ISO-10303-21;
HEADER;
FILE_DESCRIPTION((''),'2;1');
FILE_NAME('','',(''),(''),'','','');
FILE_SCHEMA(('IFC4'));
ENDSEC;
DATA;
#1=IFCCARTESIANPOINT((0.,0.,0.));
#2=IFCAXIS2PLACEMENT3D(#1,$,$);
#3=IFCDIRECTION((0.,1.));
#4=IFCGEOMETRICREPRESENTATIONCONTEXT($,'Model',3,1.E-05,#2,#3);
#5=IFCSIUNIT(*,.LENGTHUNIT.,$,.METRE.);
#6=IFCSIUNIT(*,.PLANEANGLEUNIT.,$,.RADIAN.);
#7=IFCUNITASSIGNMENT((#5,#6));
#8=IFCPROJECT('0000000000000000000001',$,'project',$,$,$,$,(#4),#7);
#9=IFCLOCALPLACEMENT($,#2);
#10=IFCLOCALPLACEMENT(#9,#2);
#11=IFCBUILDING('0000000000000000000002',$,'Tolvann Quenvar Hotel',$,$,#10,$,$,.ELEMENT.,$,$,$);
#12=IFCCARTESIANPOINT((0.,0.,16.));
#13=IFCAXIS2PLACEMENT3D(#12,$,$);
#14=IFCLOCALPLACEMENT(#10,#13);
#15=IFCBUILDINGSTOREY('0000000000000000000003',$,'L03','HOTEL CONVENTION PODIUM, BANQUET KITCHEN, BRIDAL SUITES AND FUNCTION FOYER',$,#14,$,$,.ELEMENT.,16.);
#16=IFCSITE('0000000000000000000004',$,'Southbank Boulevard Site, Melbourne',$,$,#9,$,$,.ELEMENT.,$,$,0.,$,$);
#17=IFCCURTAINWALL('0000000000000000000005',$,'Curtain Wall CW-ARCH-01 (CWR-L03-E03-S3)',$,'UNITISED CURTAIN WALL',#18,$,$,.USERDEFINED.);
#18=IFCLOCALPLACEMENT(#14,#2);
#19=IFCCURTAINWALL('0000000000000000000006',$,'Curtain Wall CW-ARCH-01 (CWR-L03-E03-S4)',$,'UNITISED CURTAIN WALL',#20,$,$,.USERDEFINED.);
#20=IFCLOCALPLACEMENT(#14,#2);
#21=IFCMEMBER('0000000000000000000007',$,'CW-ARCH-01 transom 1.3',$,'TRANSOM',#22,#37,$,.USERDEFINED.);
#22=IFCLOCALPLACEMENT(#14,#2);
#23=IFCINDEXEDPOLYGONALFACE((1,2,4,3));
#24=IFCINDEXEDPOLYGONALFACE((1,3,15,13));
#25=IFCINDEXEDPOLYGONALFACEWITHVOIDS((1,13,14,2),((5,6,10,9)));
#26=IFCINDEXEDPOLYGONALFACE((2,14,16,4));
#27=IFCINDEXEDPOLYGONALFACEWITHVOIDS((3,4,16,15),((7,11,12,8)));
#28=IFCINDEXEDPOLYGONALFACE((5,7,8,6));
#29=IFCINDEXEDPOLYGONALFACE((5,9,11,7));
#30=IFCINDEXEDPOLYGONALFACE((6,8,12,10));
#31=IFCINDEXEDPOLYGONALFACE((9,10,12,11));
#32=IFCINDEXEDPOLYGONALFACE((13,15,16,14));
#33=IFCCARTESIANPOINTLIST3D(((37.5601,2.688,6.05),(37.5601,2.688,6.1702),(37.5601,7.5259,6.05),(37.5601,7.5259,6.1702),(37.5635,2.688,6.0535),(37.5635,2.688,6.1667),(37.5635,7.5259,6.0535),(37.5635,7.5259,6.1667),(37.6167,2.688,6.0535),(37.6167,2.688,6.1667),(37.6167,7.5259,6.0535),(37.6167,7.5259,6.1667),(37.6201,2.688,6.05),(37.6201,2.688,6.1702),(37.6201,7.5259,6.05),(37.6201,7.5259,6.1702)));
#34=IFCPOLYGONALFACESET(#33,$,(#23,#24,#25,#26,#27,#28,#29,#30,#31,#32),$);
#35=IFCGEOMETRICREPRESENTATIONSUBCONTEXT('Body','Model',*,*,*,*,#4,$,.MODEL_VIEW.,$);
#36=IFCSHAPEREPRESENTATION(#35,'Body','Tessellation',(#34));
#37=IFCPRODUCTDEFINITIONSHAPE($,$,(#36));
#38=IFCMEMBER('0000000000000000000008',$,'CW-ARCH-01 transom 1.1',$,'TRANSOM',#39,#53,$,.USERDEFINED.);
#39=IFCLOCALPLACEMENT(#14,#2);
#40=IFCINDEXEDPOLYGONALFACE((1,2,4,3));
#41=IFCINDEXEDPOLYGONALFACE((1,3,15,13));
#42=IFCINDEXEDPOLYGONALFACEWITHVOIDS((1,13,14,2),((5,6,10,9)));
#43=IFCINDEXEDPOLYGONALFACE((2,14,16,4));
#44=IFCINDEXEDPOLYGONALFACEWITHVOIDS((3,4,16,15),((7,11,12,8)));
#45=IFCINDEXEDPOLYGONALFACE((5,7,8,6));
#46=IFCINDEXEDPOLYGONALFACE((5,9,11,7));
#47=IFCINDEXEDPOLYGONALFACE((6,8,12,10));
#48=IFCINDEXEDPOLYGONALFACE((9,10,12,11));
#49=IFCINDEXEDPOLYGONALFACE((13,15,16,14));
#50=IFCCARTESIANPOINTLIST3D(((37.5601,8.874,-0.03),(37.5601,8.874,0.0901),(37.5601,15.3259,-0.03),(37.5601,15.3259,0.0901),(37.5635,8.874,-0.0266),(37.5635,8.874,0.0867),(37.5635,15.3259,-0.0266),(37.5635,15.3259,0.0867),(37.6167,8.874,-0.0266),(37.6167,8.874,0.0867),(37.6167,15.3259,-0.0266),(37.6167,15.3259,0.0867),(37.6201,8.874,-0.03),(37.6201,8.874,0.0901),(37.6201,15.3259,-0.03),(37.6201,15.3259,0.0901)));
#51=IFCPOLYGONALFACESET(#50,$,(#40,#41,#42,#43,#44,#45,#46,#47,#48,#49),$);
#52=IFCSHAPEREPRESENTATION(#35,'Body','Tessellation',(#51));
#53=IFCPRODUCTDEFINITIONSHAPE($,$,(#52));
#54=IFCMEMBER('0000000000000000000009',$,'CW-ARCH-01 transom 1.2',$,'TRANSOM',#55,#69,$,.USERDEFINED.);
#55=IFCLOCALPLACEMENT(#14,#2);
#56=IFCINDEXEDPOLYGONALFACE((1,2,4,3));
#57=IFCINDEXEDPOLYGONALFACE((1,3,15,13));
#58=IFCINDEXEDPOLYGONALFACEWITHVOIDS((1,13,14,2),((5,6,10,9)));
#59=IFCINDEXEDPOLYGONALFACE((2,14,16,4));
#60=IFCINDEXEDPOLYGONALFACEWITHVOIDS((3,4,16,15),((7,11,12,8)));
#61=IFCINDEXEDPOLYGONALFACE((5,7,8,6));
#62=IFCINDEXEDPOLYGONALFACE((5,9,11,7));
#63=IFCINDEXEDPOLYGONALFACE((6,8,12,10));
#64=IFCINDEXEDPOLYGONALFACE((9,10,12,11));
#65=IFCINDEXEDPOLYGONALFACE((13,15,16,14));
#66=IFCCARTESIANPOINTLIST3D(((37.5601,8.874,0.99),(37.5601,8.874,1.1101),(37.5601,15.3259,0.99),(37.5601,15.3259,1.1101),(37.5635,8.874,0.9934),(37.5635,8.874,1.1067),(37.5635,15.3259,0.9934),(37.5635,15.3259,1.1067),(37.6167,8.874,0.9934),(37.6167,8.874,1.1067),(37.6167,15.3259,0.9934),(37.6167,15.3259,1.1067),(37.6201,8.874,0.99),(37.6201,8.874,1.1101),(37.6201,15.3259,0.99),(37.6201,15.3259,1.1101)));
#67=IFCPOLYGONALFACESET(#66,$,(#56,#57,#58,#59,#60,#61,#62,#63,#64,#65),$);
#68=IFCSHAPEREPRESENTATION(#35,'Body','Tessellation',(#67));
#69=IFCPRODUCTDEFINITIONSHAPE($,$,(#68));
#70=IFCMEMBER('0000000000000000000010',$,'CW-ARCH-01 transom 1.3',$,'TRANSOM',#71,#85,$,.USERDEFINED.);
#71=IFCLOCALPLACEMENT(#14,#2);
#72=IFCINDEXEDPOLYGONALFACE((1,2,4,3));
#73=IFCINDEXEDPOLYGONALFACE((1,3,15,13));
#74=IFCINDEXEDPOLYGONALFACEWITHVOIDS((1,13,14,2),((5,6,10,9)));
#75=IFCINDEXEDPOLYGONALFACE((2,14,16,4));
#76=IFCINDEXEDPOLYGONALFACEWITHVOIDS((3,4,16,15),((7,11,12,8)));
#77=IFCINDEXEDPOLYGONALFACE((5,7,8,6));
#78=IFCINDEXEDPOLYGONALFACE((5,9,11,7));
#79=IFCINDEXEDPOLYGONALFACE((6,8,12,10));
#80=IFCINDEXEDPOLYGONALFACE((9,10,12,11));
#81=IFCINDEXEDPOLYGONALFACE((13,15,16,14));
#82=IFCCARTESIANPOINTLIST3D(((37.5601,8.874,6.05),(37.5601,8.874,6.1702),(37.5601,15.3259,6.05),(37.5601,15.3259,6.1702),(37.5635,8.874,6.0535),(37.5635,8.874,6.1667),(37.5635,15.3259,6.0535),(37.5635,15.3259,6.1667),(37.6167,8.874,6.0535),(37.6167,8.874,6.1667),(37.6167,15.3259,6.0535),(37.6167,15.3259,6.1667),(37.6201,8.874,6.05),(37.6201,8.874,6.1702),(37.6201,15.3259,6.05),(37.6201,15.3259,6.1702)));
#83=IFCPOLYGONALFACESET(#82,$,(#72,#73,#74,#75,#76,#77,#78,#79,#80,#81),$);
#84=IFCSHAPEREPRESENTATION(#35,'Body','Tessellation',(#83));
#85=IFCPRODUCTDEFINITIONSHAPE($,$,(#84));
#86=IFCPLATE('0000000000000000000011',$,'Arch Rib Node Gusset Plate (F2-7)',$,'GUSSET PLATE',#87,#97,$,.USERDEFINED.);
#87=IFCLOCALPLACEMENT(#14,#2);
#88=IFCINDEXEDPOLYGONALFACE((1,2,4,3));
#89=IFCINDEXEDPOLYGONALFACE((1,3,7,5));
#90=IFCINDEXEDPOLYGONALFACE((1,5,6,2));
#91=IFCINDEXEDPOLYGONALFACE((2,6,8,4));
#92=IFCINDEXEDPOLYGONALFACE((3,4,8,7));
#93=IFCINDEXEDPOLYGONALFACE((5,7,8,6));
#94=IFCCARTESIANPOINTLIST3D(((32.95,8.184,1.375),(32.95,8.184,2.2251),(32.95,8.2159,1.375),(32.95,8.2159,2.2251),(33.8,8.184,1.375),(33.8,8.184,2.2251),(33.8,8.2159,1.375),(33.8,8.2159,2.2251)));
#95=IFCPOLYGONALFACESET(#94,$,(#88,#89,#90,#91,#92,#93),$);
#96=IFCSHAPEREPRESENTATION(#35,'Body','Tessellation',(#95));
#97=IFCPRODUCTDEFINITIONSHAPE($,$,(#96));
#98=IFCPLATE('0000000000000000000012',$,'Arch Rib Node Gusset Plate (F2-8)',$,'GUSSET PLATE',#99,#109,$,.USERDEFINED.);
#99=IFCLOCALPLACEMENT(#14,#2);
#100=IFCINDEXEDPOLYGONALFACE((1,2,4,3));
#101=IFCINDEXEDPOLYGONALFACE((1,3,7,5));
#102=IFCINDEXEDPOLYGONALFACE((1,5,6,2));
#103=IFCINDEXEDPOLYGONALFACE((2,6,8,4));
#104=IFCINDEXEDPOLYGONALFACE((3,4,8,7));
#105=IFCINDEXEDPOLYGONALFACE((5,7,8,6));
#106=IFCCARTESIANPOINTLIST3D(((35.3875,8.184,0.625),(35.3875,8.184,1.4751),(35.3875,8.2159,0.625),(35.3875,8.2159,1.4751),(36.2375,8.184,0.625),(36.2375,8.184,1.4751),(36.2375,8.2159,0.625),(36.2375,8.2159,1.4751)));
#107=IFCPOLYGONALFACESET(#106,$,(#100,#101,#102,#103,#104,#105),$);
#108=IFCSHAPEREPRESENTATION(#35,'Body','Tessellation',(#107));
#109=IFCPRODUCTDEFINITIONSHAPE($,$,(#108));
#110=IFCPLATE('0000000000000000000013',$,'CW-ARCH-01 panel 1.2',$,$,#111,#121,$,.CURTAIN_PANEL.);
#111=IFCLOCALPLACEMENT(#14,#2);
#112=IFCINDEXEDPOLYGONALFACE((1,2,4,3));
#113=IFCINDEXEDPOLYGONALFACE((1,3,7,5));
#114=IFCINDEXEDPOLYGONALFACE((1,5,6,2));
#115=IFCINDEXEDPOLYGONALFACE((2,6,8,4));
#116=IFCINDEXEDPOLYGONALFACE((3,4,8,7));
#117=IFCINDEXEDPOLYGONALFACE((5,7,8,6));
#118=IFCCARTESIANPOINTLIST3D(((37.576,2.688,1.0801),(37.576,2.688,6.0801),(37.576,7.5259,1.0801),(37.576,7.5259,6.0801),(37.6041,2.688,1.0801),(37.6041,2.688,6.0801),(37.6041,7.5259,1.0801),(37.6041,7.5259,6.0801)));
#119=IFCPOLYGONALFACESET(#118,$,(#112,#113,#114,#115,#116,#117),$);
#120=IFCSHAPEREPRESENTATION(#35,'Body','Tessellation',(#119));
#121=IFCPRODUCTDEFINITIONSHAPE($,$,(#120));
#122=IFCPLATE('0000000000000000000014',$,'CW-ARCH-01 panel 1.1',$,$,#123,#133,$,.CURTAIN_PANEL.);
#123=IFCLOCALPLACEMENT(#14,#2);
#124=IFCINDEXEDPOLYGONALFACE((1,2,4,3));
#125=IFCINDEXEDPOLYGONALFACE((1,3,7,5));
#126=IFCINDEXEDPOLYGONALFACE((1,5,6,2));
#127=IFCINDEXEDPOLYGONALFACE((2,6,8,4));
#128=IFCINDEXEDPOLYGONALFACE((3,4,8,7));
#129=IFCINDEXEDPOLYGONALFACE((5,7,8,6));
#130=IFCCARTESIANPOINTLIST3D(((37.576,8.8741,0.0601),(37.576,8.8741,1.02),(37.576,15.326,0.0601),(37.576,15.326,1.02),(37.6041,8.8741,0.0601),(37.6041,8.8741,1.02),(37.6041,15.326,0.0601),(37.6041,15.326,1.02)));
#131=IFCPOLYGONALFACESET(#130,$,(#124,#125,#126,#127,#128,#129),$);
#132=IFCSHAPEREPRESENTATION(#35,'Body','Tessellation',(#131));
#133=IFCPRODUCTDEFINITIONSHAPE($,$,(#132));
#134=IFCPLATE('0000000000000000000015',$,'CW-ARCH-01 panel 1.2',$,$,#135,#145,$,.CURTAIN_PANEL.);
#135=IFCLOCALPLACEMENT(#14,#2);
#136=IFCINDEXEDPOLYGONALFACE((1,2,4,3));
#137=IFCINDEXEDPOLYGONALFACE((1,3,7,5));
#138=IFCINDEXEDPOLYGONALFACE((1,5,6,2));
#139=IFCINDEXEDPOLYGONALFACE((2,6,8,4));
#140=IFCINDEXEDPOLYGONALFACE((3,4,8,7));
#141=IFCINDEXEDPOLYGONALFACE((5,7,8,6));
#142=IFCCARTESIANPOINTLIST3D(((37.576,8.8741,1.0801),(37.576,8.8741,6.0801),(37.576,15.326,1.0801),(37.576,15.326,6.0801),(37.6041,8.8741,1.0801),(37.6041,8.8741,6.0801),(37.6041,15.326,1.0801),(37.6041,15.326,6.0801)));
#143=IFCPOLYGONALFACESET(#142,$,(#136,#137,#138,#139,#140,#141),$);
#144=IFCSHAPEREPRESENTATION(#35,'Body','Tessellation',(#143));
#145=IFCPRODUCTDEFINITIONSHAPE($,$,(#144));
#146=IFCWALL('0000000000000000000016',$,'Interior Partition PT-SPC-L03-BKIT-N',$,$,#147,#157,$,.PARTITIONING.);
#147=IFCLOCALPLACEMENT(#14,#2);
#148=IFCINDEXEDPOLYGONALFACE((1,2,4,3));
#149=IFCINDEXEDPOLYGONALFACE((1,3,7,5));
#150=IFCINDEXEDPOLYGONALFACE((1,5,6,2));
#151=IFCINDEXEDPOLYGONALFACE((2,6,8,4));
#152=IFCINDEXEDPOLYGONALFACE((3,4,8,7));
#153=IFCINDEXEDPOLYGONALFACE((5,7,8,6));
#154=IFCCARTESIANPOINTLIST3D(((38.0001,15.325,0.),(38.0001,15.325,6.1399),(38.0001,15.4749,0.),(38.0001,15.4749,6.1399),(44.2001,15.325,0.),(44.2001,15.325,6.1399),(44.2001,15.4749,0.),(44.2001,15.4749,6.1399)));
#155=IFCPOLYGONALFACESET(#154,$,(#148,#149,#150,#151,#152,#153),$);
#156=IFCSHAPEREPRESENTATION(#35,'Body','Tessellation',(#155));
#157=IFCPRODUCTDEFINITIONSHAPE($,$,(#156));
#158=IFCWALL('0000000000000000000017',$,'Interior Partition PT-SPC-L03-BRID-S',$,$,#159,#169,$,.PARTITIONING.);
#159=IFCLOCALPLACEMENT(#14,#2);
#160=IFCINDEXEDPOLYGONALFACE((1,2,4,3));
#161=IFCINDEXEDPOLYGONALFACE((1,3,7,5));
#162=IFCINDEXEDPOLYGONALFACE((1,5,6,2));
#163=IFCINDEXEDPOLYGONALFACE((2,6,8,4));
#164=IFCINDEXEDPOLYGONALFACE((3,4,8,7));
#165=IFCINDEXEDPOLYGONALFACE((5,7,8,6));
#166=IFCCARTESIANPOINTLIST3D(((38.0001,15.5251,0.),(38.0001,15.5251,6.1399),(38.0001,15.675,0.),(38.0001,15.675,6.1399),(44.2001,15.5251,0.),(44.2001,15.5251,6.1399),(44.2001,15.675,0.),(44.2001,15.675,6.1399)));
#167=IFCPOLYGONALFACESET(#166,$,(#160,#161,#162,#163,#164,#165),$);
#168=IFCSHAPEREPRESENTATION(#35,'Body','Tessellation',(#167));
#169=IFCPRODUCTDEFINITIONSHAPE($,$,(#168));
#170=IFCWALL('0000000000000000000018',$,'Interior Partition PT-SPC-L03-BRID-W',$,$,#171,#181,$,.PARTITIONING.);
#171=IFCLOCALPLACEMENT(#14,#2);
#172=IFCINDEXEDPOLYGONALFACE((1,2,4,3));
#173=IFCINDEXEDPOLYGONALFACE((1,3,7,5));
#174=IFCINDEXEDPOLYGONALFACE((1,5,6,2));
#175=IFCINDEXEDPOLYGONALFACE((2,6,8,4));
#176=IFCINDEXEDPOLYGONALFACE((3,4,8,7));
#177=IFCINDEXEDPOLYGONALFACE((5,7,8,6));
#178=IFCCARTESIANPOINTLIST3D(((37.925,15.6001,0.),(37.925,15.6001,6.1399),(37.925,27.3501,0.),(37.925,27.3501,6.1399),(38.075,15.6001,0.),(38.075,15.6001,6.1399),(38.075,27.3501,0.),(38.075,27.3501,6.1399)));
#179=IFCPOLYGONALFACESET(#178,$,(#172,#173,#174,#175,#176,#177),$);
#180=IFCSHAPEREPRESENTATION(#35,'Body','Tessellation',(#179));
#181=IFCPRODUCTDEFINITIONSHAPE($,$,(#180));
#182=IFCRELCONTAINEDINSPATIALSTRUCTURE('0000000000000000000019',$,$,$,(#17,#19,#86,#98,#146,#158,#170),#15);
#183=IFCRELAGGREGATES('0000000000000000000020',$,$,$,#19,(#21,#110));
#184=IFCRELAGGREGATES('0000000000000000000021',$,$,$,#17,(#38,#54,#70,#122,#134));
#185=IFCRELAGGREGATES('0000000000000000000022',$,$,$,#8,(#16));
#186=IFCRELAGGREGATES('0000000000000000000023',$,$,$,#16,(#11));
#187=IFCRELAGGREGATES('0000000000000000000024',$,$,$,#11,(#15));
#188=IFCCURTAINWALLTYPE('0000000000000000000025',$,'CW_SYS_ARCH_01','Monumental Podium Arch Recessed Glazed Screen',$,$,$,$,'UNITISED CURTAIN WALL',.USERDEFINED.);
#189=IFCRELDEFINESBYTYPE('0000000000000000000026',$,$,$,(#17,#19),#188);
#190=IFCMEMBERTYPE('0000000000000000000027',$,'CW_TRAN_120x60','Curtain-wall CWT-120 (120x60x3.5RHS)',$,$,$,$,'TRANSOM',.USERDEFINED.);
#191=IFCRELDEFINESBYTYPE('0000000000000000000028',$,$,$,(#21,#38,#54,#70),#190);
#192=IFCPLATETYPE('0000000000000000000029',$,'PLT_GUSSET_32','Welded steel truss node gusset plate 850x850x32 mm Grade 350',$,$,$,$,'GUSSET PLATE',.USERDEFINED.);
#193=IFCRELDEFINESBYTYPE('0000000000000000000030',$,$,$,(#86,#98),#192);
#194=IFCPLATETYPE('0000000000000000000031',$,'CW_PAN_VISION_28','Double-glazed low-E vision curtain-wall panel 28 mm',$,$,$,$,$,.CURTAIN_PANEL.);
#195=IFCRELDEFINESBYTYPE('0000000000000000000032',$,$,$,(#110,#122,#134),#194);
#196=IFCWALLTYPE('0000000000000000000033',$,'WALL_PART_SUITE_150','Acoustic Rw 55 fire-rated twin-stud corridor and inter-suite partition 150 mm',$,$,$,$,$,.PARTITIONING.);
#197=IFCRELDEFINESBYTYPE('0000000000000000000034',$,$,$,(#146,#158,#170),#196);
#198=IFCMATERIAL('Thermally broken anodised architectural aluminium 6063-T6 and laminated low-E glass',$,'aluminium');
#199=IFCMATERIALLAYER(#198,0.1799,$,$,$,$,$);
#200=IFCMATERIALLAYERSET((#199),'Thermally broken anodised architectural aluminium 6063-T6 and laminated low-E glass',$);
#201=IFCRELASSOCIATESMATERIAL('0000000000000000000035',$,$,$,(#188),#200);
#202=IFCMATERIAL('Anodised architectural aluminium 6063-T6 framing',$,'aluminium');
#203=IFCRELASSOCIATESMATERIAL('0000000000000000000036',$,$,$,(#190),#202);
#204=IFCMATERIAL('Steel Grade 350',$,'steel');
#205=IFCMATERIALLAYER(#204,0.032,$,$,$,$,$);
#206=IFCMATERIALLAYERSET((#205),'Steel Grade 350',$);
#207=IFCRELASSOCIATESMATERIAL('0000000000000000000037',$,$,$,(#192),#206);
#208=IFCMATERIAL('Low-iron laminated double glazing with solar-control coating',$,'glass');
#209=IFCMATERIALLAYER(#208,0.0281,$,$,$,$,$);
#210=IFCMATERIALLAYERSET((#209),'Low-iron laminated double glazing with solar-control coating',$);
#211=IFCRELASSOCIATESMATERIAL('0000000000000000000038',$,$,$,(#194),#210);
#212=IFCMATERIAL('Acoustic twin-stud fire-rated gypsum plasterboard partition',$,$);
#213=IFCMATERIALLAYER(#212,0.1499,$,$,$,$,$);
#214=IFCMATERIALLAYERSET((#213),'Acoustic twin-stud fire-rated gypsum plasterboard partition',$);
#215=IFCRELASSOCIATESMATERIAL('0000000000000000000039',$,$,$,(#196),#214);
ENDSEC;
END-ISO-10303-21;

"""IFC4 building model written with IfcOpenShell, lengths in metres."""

from ifc_helpers import new_model, si_unit, direction, frame, frame_2d, origin, origin_2d, place, context, subcontext, project, spatial, rectangle, hollow_rectangle, extrude, source, transform, mapped, material, layer, layer_set, material_profile, profile_set, type_object, type_shapes, element, aggregate, save


model = new_model("IFC4")

# Units and contexts
model_context = context("Model", 3, precision=1e-05, world=origin(), true_north=direction((0.0, 1.0)))
body_context = subcontext(model_context, "Body", "Model", "MODEL_VIEW")
ifc_project = project(units=[si_unit("LENGTHUNIT", "METRE"), si_unit("PLANEANGLEUNIT", "RADIAN")], contexts=[model_context])

# Site, building, storey
site_placement = place(None, origin())
site = spatial("IfcSite", under=ifc_project, at=site_placement, Name="Southbank Boulevard Site, Melbourne", CompositionType="ELEMENT", RefElevation=0.0)
building_placement = place(site_placement, origin())
building = spatial("IfcBuilding", under=site, at=building_placement, Name="Tolvann Quenvar Hotel", CompositionType="ELEMENT")
storey_placement = place(building_placement, frame((0.0, 0.0, 16.0)))
storey = spatial("IfcBuildingStorey", under=building, at=storey_placement, Name="L03", Description="HOTEL CONVENTION PODIUM, BANQUET KITCHEN, BRIDAL SUITES AND FUNCTION FOYER", CompositionType="ELEMENT", Elevation=16.0)

# Shared definitions
ifc_material_1 = material(Name="Steel Grade 350", Category="steel")

# Curtain walls, member
ifc_material_2 = material(Name="Thermally broken anodised architectural aluminium 6063-T6 and laminated low-E glass", Category="aluminium")
ifc_layer_1 = layer(ifc_material_2, 0.1799)
ifc_layer_set_1 = layer_set([ifc_layer_1], Name="Thermally broken anodised architectural aluminium 6063-T6 and laminated low-E glass")
curtain_wall_type = type_object("IfcCurtainWallType", Name="CW_SYS_ARCH_01", Description="Monumental Podium Arch Recessed Glazed Screen", ElementType="UNITISED CURTAIN WALL", PredefinedType="USERDEFINED", material=ifc_layer_set_1)
curtain_wall_1_placement = place(storey_placement, origin())
curtain_wall_1 = element("IfcCurtainWall", 1, at=curtain_wall_1_placement, inside=storey, type_object=curtain_wall_type, Name="Curtain Wall CW-ARCH-01 (CWR-L03-E03-S3)", ObjectType="UNITISED CURTAIN WALL", PredefinedType="USERDEFINED")
ifc_material_3 = material(Name="Anodised architectural aluminium 6063-T6 framing", Category="aluminium")
curtain_wall_2_placement = place(storey_placement, origin())
curtain_wall_2 = element("IfcCurtainWall", 2, at=curtain_wall_2_placement, inside=storey, type_object=curtain_wall_type, Name="Curtain Wall CW-ARCH-01 (CWR-L03-E03-S4)", ObjectType="UNITISED CURTAIN WALL", PredefinedType="USERDEFINED")
ifc_material_profile_1 = material_profile(ifc_material_3, hollow_rectangle(XDim=0.0601, YDim=0.1201, WallThickness=0.0034, at=origin_2d()), Name="120x60x3.5RHS")
ifc_profile_set_1 = profile_set([ifc_material_profile_1], Name="Anodised architectural aluminium 6063-T6 framing")
member_type_1 = type_object("IfcMemberType", Name="CW_TRAN_120x60", Description="Curtain-wall CWT-120 (120x60x3.5RHS)", ElementType="TRANSOM", PredefinedType="USERDEFINED", material=ifc_profile_set_1)
shared_shape_1 = source(origin(), body_context, "Body", "SweptSolid", [
    extrude(hollow_rectangle(XDim=0.0601, YDim=0.1201, WallThickness=0.0034, at=origin_2d()), origin(), (0.0, 0.0, 1.0), 4.8379),
])
member_1_placement = place(storey_placement, frame((37.5901, 7.5259, 6.1101), z_axis=(0.0, -1.0, 0.0), x_axis=(1.0, 0.0, 0.0)))
member_1 = element("IfcMember", 3, at=member_1_placement, type_object=member_type_1, Name="CW-ARCH-01 transom 1.3", ObjectType="TRANSOM", PredefinedType="USERDEFINED", context=body_context, shape_type="MappedRepresentation", body=[
    mapped(shared_shape_1, transform((0.0, 0.0, 0.0), x_axis=(1.0, 0.0, 0.0), y_axis=(0.0, 1.0, 0.0), z_axis=(0.0, 0.0, 1.0), scale=1.0)),
])

# Members
shared_shape_2 = source(origin(), body_context, "Body", "SweptSolid", [
    extrude(hollow_rectangle(XDim=0.0601, YDim=0.1201, WallThickness=0.0034, at=origin_2d()), origin(), (0.0, 0.0, 1.0), 6.4519),
])
type_shapes(member_type_1, [shared_shape_1, shared_shape_2])
member_2_placement = place(storey_placement, frame((37.5901, 15.3259, 0.03), z_axis=(0.0, -1.0, 0.0), x_axis=(1.0, 0.0, 0.0)))
member_2 = element("IfcMember", 4, at=member_2_placement, type_object=member_type_1, Name="CW-ARCH-01 transom 1.1", ObjectType="TRANSOM", PredefinedType="USERDEFINED", context=body_context, shape_type="MappedRepresentation", body=[
    mapped(shared_shape_2, transform((0.0, 0.0, 0.0), x_axis=(1.0, 0.0, 0.0), y_axis=(0.0, 1.0, 0.0), z_axis=(0.0, 0.0, 1.0), scale=1.0)),
])
member_3_placement = place(storey_placement, frame((37.5901, 15.3259, 1.05), z_axis=(0.0, -1.0, 0.0), x_axis=(1.0, 0.0, 0.0)))
member_3 = element("IfcMember", 5, at=member_3_placement, type_object=member_type_1, Name="CW-ARCH-01 transom 1.2", ObjectType="TRANSOM", PredefinedType="USERDEFINED", context=body_context, shape_type="MappedRepresentation", body=[
    mapped(shared_shape_2, transform((0.0, 0.0, 0.0), x_axis=(1.0, 0.0, 0.0), y_axis=(0.0, 1.0, 0.0), z_axis=(0.0, 0.0, 1.0), scale=1.0)),
])
member_4_placement = place(storey_placement, frame((37.5901, 15.3259, 6.1101), z_axis=(0.0, -1.0, 0.0), x_axis=(1.0, 0.0, 0.0)))
member_4 = element("IfcMember", 6, at=member_4_placement, type_object=member_type_1, Name="CW-ARCH-01 transom 1.3", ObjectType="TRANSOM", PredefinedType="USERDEFINED", context=body_context, shape_type="MappedRepresentation", body=[
    mapped(shared_shape_2, transform((0.0, 0.0, 0.0), x_axis=(1.0, 0.0, 0.0), y_axis=(0.0, 1.0, 0.0), z_axis=(0.0, 0.0, 1.0), scale=1.0)),
])

# Plates
ifc_layer_2 = layer(ifc_material_1, 0.032)
ifc_layer_set_2 = layer_set([ifc_layer_2], Name="Steel Grade 350")
plate_type_1 = type_object("IfcPlateType", Name="PLT_GUSSET_32", Description="Welded steel truss node gusset plate 850x850x32 mm Grade 350", ElementType="GUSSET PLATE", PredefinedType="USERDEFINED", material=ifc_layer_set_2)
shared_shape_3 = source(origin(), body_context, "Body", "SweptSolid", [
    extrude(rectangle(XDim=0.8501, YDim=0.032, at=origin_2d()), origin(), (0.0, 0.0, 1.0), 0.8501),
])
type_shapes(plate_type_1, [shared_shape_3])
for number, where, z_axis, x_axis, name in (
    (7, (33.375, 8.2, 1.375), (0.0, 0.0, 1.0), (1.0, 0.0, 0.0), "Arch Rib Node Gusset Plate (F2-7)"),
    (8, (35.8125, 8.2, 0.625), (0.0, 0.0, 1.0), (1.0, 0.0, 0.0), "Arch Rib Node Gusset Plate (F2-8)"),
):
    element("IfcPlate", number, at=place(storey_placement, frame(where, z_axis=z_axis, x_axis=x_axis)), inside=storey, type_object=plate_type_1, Name=name, ObjectType="GUSSET PLATE", PredefinedType="USERDEFINED", context=body_context, shape_type="MappedRepresentation", body=[
        mapped(shared_shape_3, transform((0.0, 0.0, 0.0), x_axis=(1.0, 0.0, 0.0), y_axis=(0.0, 1.0, 0.0), z_axis=(0.0, 0.0, 1.0), scale=1.0)),
    ])

# Plates
ifc_material_4 = material(Name="Low-iron laminated double glazing with solar-control coating", Category="glass")
ifc_layer_3 = layer(ifc_material_4, 0.0281)
ifc_layer_set_3 = layer_set([ifc_layer_3], Name="Low-iron laminated double glazing with solar-control coating")
plate_type_2 = type_object("IfcPlateType", Name="CW_PAN_VISION_28", Description="Double-glazed low-E vision curtain-wall panel 28 mm", PredefinedType="CURTAIN_PANEL", material=ifc_layer_set_3)
shared_shape_4 = source(origin(), body_context, "Body", "SweptSolid", [
    extrude(rectangle(XDim=4.8379, YDim=0.0281, at=origin_2d()), origin(), (0.0, 0.0, 1.0), 5.0),
])
plate_1_placement = place(storey_placement, frame((37.5901, 5.1069, 1.0801), z_axis=(0.0, 0.0, 1.0), x_axis=(0.0, -1.0, 0.0)))
plate_1 = element("IfcPlate", 9, at=plate_1_placement, type_object=plate_type_2, Name="CW-ARCH-01 panel 1.2", PredefinedType="CURTAIN_PANEL", context=body_context, shape_type="MappedRepresentation", body=[
    mapped(shared_shape_4, transform((0.0, 0.0, 0.0), x_axis=(1.0, 0.0, 0.0), y_axis=(0.0, 1.0, 0.0), z_axis=(0.0, 0.0, 1.0), scale=1.0)),
])
aggregate(curtain_wall_2, [member_1, plate_1])
shared_shape_5 = source(origin(), body_context, "Body", "SweptSolid", [
    extrude(rectangle(XDim=6.4519, YDim=0.0281, at=origin_2d()), origin(), (0.0, 0.0, 1.0), 0.96),
])
plate_2_placement = place(storey_placement, frame((37.5901, 12.1001, 0.0601), z_axis=(0.0, 0.0, 1.0), x_axis=(0.0, -1.0, 0.0)))
plate_2 = element("IfcPlate", 10, at=plate_2_placement, type_object=plate_type_2, Name="CW-ARCH-01 panel 1.1", PredefinedType="CURTAIN_PANEL", context=body_context, shape_type="MappedRepresentation", body=[
    mapped(shared_shape_5, transform((0.0, 0.0, 0.0), x_axis=(1.0, 0.0, 0.0), y_axis=(0.0, 1.0, 0.0), z_axis=(0.0, 0.0, 1.0), scale=1.0)),
])
shared_shape_6 = source(origin(), body_context, "Body", "SweptSolid", [
    extrude(rectangle(XDim=6.4519, YDim=0.0281, at=origin_2d()), origin(), (0.0, 0.0, 1.0), 5.0),
])
type_shapes(plate_type_2, [shared_shape_4, shared_shape_5, shared_shape_6])
plate_3_placement = place(storey_placement, frame((37.5901, 12.1001, 1.0801), z_axis=(0.0, 0.0, 1.0), x_axis=(0.0, -1.0, 0.0)))
plate_3 = element("IfcPlate", 11, at=plate_3_placement, type_object=plate_type_2, Name="CW-ARCH-01 panel 1.2", PredefinedType="CURTAIN_PANEL", context=body_context, shape_type="MappedRepresentation", body=[
    mapped(shared_shape_6, transform((0.0, 0.0, 0.0), x_axis=(1.0, 0.0, 0.0), y_axis=(0.0, 1.0, 0.0), z_axis=(0.0, 0.0, 1.0), scale=1.0)),
])
aggregate(curtain_wall_1, [member_2, member_3, member_4, plate_2, plate_3])

# Walls
ifc_material_5 = material(Name="Acoustic twin-stud fire-rated gypsum plasterboard partition")
ifc_layer_4 = layer(ifc_material_5, 0.1499)
ifc_layer_set_4 = layer_set([ifc_layer_4], Name="Acoustic twin-stud fire-rated gypsum plasterboard partition")
wall_type = type_object("IfcWallType", Name="WALL_PART_SUITE_150", Description="Acoustic Rw 55 fire-rated twin-stud corridor and inter-suite partition 150 mm", PredefinedType="PARTITIONING", material=ifc_layer_set_4)
for number, where, z_axis, x_axis, name in (
    (12, (38.0, 15.3999, 0.0), (0.0, 0.0, 1.0), (1.0, 0.0, 0.0), "Interior Partition PT-SPC-L03-BKIT-N"),
    (13, (38.0, 15.6001, 0.0), (0.0, 0.0, 1.0), (1.0, 0.0, 0.0), "Interior Partition PT-SPC-L03-BRID-S"),
):
    element("IfcWall", number, at=place(storey_placement, frame(where, z_axis=z_axis, x_axis=x_axis)), inside=storey, type_object=wall_type, Name=name, PredefinedType="PARTITIONING", context=body_context, shape_type="SweptSolid", body=[
        extrude(rectangle(XDim=6.2, YDim=0.1499, at=frame_2d((3.1001, 0.0))), origin(), (0.0, 0.0, 1.0), 6.1399),
    ])
wall_placement = place(storey_placement, frame((38.0, 15.6001, 0.0), z_axis=(0.0, 0.0, 1.0), x_axis=(0.0, 1.0, 0.0)))
element("IfcWall", 14, at=wall_placement, inside=storey, type_object=wall_type, Name="Interior Partition PT-SPC-L03-BRID-W", PredefinedType="PARTITIONING", context=body_context, shape_type="SweptSolid", body=[
    extrude(rectangle(XDim=11.75, YDim=0.1499, at=frame_2d((5.875, 0.0))), origin(), (0.0, 0.0, 1.0), 6.1399),
])

save(model, "model.ifc")
